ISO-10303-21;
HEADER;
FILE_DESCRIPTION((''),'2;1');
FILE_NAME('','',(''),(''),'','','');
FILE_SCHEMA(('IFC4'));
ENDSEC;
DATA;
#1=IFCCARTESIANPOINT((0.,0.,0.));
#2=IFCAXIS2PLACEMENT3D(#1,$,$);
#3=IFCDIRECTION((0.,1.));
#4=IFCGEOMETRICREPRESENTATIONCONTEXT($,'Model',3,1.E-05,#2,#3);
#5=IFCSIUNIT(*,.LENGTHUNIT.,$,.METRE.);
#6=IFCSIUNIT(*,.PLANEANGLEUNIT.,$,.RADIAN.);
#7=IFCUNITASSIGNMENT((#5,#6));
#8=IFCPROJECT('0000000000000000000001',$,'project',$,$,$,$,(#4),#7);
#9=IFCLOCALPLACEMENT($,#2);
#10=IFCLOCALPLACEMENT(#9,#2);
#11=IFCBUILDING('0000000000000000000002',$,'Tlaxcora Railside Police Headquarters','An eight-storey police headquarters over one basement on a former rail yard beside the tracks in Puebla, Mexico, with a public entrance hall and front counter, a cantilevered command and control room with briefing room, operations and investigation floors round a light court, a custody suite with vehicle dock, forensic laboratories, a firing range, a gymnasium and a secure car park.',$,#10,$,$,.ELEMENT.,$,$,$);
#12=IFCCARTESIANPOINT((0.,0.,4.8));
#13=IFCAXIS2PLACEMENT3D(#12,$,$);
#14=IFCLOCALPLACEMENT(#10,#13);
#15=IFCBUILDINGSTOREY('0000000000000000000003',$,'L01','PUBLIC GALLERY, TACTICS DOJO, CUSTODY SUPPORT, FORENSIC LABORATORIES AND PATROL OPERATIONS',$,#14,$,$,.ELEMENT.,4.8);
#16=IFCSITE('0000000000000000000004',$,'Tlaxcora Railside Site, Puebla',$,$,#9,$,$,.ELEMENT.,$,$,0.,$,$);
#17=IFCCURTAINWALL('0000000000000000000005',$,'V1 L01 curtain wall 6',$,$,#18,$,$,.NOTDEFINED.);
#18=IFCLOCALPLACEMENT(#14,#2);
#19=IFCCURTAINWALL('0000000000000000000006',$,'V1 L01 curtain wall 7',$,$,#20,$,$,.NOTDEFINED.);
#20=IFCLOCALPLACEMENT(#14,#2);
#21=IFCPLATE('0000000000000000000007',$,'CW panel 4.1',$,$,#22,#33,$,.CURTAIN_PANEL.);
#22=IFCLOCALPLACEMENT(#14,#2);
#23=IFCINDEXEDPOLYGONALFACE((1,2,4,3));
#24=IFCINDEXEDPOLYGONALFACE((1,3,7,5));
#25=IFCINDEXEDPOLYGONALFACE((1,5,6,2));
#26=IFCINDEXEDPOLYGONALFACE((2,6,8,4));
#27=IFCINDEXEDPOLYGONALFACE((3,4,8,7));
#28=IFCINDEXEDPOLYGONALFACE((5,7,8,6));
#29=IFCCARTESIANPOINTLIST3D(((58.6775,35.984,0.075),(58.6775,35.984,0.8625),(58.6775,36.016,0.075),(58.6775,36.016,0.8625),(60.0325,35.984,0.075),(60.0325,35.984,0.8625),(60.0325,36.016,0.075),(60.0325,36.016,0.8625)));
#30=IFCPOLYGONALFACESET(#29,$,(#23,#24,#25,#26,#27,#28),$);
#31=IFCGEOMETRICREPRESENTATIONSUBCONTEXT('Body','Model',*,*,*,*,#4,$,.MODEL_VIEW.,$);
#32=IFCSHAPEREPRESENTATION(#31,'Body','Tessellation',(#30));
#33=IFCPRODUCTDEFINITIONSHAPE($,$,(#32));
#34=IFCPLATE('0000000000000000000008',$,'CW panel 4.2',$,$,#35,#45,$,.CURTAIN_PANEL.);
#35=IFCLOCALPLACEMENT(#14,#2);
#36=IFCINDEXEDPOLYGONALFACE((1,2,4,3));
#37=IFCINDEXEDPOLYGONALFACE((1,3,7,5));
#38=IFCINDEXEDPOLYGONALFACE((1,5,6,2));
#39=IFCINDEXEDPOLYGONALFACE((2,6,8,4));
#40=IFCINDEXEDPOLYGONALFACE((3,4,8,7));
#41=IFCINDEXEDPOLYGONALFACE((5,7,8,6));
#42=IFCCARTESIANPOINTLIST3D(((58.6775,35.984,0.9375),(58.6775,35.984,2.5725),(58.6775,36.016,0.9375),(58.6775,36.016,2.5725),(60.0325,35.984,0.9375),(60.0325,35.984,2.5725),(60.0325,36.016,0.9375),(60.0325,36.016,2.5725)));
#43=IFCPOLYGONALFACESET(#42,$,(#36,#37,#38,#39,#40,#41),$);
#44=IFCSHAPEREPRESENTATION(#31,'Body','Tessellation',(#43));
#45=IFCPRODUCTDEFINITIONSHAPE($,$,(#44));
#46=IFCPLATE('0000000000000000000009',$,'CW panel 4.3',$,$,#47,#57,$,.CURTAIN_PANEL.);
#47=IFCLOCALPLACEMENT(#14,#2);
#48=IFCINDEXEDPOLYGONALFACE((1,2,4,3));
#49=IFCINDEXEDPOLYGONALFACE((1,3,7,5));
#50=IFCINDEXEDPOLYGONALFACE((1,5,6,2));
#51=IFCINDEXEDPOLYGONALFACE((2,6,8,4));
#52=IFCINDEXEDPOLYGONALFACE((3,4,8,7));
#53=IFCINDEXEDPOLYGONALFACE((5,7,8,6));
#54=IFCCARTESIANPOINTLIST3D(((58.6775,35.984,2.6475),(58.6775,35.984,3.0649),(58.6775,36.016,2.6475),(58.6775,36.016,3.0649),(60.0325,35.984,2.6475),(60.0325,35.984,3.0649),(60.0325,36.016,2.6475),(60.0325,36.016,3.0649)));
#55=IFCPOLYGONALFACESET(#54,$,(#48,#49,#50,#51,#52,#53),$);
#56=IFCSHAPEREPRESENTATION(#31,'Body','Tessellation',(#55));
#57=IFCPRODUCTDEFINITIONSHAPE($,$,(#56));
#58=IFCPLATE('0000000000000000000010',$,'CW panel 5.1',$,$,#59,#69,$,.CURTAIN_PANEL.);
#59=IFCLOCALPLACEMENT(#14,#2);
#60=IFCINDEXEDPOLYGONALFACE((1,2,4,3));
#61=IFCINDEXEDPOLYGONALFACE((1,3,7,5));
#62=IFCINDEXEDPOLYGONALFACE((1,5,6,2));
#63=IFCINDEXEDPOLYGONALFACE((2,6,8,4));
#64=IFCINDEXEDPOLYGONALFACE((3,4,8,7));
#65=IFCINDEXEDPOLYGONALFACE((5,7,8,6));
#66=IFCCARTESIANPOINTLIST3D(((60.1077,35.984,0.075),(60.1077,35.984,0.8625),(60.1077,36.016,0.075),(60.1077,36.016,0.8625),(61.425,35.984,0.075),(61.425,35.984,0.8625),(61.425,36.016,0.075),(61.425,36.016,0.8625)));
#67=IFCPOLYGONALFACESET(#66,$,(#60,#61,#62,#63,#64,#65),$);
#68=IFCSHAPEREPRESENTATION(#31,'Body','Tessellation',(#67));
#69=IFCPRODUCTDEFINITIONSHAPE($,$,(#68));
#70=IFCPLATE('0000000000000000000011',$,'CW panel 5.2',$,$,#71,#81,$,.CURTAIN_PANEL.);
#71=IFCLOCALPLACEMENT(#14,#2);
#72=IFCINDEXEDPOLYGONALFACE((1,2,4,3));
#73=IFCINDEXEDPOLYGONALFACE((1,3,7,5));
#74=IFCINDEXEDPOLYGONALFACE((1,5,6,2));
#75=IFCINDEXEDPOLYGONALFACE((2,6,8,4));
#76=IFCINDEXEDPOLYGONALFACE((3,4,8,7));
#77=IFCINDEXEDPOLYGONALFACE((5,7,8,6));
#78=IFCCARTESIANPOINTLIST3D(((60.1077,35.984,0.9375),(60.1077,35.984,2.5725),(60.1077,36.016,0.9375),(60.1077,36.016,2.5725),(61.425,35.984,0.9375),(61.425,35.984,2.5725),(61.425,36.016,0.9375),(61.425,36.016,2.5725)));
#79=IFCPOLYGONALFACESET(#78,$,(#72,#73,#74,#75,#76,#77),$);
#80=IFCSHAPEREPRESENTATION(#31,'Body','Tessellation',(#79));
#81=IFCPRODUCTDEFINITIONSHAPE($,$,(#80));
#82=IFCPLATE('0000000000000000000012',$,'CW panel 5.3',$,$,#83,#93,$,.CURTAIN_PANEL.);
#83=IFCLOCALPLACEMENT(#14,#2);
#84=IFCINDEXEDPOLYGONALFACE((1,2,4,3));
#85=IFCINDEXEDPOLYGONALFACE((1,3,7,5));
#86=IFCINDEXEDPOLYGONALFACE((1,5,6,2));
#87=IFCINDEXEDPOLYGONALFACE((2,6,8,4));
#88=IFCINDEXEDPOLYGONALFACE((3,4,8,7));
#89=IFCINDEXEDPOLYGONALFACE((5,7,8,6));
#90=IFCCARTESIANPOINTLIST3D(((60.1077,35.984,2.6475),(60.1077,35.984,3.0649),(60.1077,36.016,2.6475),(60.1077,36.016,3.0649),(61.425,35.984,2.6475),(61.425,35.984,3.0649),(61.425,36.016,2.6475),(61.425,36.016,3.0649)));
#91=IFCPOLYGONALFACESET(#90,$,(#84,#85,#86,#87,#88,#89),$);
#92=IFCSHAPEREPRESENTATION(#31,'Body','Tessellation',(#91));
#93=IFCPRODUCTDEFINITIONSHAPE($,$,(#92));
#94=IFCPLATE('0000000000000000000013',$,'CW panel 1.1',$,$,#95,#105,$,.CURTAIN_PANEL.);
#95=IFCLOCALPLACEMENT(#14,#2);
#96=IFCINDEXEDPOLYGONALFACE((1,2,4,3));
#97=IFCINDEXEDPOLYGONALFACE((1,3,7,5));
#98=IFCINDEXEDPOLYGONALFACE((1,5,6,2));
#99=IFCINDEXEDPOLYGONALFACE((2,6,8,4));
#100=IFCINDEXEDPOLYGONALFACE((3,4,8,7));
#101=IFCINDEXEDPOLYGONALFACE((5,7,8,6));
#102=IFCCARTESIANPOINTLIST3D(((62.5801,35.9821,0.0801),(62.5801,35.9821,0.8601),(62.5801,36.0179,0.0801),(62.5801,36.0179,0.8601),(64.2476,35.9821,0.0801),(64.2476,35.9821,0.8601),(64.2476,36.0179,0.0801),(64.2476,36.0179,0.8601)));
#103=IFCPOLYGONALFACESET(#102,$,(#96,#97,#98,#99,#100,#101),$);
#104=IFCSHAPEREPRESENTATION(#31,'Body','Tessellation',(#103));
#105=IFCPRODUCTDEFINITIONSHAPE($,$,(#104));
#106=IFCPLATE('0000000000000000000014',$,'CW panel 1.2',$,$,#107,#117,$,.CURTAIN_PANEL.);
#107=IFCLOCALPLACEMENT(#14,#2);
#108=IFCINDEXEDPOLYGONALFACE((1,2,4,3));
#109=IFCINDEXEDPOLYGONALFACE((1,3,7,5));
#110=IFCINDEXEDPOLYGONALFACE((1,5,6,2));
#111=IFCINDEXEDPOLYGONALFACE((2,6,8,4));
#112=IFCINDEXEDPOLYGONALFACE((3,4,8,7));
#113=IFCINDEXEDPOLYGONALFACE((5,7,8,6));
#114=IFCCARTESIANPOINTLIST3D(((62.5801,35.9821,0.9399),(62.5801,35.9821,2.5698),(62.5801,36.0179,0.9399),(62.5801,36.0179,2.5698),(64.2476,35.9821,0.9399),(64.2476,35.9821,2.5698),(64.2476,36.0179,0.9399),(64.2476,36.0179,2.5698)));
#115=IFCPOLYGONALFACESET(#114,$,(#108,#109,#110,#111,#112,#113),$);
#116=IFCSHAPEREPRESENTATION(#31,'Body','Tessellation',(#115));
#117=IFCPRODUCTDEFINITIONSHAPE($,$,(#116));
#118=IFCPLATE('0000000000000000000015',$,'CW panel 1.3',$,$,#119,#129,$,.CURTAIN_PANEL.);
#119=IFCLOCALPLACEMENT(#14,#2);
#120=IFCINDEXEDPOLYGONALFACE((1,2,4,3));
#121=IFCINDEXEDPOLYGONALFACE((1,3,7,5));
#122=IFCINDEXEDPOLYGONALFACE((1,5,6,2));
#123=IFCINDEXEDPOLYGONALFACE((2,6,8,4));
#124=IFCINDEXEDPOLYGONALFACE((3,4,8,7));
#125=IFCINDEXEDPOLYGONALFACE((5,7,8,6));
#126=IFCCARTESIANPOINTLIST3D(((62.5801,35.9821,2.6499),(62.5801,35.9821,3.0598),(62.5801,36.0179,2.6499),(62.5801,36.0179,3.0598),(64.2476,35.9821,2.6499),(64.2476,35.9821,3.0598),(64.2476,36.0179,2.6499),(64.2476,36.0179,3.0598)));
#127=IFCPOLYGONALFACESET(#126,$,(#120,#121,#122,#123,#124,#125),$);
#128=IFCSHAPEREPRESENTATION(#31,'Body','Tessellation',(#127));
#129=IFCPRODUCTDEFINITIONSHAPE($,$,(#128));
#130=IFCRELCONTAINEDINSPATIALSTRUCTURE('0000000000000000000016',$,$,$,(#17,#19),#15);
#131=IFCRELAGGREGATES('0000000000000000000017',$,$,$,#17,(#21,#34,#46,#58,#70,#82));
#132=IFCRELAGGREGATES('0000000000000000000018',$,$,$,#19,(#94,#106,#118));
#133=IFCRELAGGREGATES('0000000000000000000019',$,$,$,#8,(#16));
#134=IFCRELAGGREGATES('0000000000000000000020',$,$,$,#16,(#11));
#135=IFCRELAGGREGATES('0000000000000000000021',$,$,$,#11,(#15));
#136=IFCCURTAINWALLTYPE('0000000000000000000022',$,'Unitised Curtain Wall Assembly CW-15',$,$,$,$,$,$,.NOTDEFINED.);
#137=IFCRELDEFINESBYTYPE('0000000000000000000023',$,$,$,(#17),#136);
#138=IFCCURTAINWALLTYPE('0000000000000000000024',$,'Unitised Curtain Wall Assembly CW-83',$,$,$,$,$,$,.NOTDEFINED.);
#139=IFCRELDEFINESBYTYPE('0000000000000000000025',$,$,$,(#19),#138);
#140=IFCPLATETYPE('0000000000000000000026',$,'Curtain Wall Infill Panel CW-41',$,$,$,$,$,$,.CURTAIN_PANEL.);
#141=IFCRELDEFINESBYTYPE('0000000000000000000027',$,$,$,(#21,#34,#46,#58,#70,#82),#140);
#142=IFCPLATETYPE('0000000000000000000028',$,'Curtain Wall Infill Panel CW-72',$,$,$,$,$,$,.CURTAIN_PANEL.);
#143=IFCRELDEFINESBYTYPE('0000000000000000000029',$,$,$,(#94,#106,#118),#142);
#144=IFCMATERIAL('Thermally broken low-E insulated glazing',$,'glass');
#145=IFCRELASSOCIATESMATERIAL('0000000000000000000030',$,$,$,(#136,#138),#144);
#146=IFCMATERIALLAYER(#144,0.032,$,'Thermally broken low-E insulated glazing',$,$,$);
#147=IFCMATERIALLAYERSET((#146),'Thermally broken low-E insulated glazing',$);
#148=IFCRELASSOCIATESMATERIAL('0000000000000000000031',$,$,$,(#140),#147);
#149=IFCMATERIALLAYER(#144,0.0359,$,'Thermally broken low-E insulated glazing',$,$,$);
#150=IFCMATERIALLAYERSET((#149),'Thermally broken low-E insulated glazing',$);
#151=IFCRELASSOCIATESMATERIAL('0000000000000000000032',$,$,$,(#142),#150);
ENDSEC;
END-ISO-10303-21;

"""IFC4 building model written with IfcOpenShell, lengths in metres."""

from ifc_helpers import new_model, si_unit, direction, frame, origin, origin_2d, place, context, subcontext, project, spatial, rectangle, extrude, material, layer, layer_set, type_object, element, aggregate, save


model = new_model("IFC4")

# Units and contexts
model_context = context("Model", 3, precision=1e-05, world=origin(), true_north=direction((0.0, 1.0)))
body_context = subcontext(model_context, "Body", "Model", "MODEL_VIEW")
ifc_project = project(units=[si_unit("LENGTHUNIT", "METRE"), si_unit("PLANEANGLEUNIT", "RADIAN")], contexts=[model_context])

# Site, building, storey
site_placement = place(None, origin())
site = spatial("IfcSite", under=ifc_project, at=site_placement, Name="Tlaxcora Railside Site, Puebla", CompositionType="ELEMENT", RefElevation=0.0)
building_placement = place(site_placement, origin())
building = spatial("IfcBuilding", under=site, at=building_placement, Name="Tlaxcora Railside Police Headquarters", Description="An eight-storey police headquarters over one basement on a former rail yard beside the tracks in Puebla, Mexico, with a public entrance hall and front counter, a cantilevered command and control room with briefing room, operations and investigation floors round a light court, a custody suite with vehicle dock, forensic laboratories, a firing range, a gymnasium and a secure car park.", CompositionType="ELEMENT")
storey_placement = place(building_placement, frame((0.0, 0.0, 4.8)))
storey = spatial("IfcBuildingStorey", under=building, at=storey_placement, Name="L01", Description="PUBLIC GALLERY, TACTICS DOJO, CUSTODY SUPPORT, FORENSIC LABORATORIES AND PATROL OPERATIONS", CompositionType="ELEMENT", Elevation=4.8)

# Curtain wall
ifc_material_1 = material(Name="Thermally broken low-E insulated glazing", Category="glass")
curtain_wall_type_1 = type_object("IfcCurtainWallType", Name="Unitised Curtain Wall Assembly CW-15", PredefinedType="NOTDEFINED", material=ifc_material_1)
curtain_wall_1_placement = place(storey_placement, origin())
curtain_wall_1 = element("IfcCurtainWall", 1, at=curtain_wall_1_placement, inside=storey, type_object=curtain_wall_type_1, Name="V1 L01 curtain wall 6", PredefinedType="NOTDEFINED")

# Curtain wall
curtain_wall_type_2 = type_object("IfcCurtainWallType", Name="Unitised Curtain Wall Assembly CW-83", PredefinedType="NOTDEFINED", material=ifc_material_1)
curtain_wall_2_placement = place(storey_placement, origin())
curtain_wall_2 = element("IfcCurtainWall", 2, at=curtain_wall_2_placement, inside=storey, type_object=curtain_wall_type_2, Name="V1 L01 curtain wall 7", PredefinedType="NOTDEFINED")

# Plates
ifc_layer_1 = layer(ifc_material_1, 0.032, Name="Thermally broken low-E insulated glazing")
ifc_layer_set_1 = layer_set([ifc_layer_1], Name="Thermally broken low-E insulated glazing")
plate_type_1 = type_object("IfcPlateType", Name="Curtain Wall Infill Panel CW-41", PredefinedType="CURTAIN_PANEL", material=ifc_layer_set_1)
plate_1_placement = place(storey_placement, frame((59.355, 36.0, 0.075), z_axis=(0.0, 0.0, 1.0), x_axis=(1.0, 0.0, 0.0)))
plate_1 = element("IfcPlate", 3, at=plate_1_placement, type_object=plate_type_1, Name="CW panel 4.1", PredefinedType="CURTAIN_PANEL", context=body_context, shape_type="SweptSolid", body=[
    extrude(rectangle(XDim=1.355, YDim=0.032, at=origin_2d()), origin(), (0.0, 0.0, 1.0), 0.7876),
])
plate_2_placement = place(storey_placement, frame((59.355, 36.0, 0.9375), z_axis=(0.0, 0.0, 1.0), x_axis=(1.0, 0.0, 0.0)))
plate_2 = element("IfcPlate", 4, at=plate_2_placement, type_object=plate_type_1, Name="CW panel 4.2", PredefinedType="CURTAIN_PANEL", context=body_context, shape_type="SweptSolid", body=[
    extrude(rectangle(XDim=1.355, YDim=0.032, at=origin_2d()), origin(), (0.0, 0.0, 1.0), 1.635),
])
plate_3_placement = place(storey_placement, frame((59.355, 36.0, 2.6475), z_axis=(0.0, 0.0, 1.0), x_axis=(1.0, 0.0, 0.0)))
plate_3 = element("IfcPlate", 5, at=plate_3_placement, type_object=plate_type_1, Name="CW panel 4.3", PredefinedType="CURTAIN_PANEL", context=body_context, shape_type="SweptSolid", body=[
    extrude(rectangle(XDim=1.355, YDim=0.032, at=origin_2d()), origin(), (0.0, 0.0, 1.0), 0.4175),
])
plate_4_placement = place(storey_placement, frame((60.7664, 36.0, 0.075), z_axis=(0.0, 0.0, 1.0), x_axis=(1.0, 0.0, 0.0)))
plate_4 = element("IfcPlate", 6, at=plate_4_placement, type_object=plate_type_1, Name="CW panel 5.1", PredefinedType="CURTAIN_PANEL", context=body_context, shape_type="SweptSolid", body=[
    extrude(rectangle(XDim=1.3174, YDim=0.032, at=origin_2d()), origin(), (0.0, 0.0, 1.0), 0.7876),
])
plate_5_placement = place(storey_placement, frame((60.7664, 36.0, 0.9375), z_axis=(0.0, 0.0, 1.0), x_axis=(1.0, 0.0, 0.0)))
plate_5 = element("IfcPlate", 7, at=plate_5_placement, type_object=plate_type_1, Name="CW panel 5.2", PredefinedType="CURTAIN_PANEL", context=body_context, shape_type="SweptSolid", body=[
    extrude(rectangle(XDim=1.3174, YDim=0.032, at=origin_2d()), origin(), (0.0, 0.0, 1.0), 1.635),
])
plate_6_placement = place(storey_placement, frame((60.7664, 36.0, 2.6475), z_axis=(0.0, 0.0, 1.0), x_axis=(1.0, 0.0, 0.0)))
plate_6 = element("IfcPlate", 8, at=plate_6_placement, type_object=plate_type_1, Name="CW panel 5.3", PredefinedType="CURTAIN_PANEL", context=body_context, shape_type="SweptSolid", body=[
    extrude(rectangle(XDim=1.3174, YDim=0.032, at=origin_2d()), origin(), (0.0, 0.0, 1.0), 0.4175),
])
aggregate(curtain_wall_1, [plate_1, plate_2, plate_3, plate_4, plate_5, plate_6])
ifc_layer_2 = layer(ifc_material_1, 0.0359, Name="Thermally broken low-E insulated glazing")
ifc_layer_set_2 = layer_set([ifc_layer_2], Name="Thermally broken low-E insulated glazing")
plate_type_2 = type_object("IfcPlateType", Name="Curtain Wall Infill Panel CW-72", PredefinedType="CURTAIN_PANEL", material=ifc_layer_set_2)
plate_7_placement = place(storey_placement, frame((63.4138, 36.0, 0.0801), z_axis=(0.0, 0.0, 1.0), x_axis=(1.0, 0.0, 0.0)))
plate_7 = element("IfcPlate", 9, at=plate_7_placement, type_object=plate_type_2, Name="CW panel 1.1", PredefinedType="CURTAIN_PANEL", context=body_context, shape_type="SweptSolid", body=[
    extrude(rectangle(XDim=1.6675, YDim=0.0359, at=origin_2d()), origin(), (0.0, 0.0, 1.0), 0.78),
])
plate_8_placement = place(storey_placement, frame((63.4138, 36.0, 0.9399), z_axis=(0.0, 0.0, 1.0), x_axis=(1.0, 0.0, 0.0)))
plate_8 = element("IfcPlate", 10, at=plate_8_placement, type_object=plate_type_2, Name="CW panel 1.2", PredefinedType="CURTAIN_PANEL", context=body_context, shape_type="SweptSolid", body=[
    extrude(rectangle(XDim=1.6675, YDim=0.0359, at=origin_2d()), origin(), (0.0, 0.0, 1.0), 1.6299),
])
plate_9_placement = place(storey_placement, frame((63.4138, 36.0, 2.6499), z_axis=(0.0, 0.0, 1.0), x_axis=(1.0, 0.0, 0.0)))
plate_9 = element("IfcPlate", 11, at=plate_9_placement, type_object=plate_type_2, Name="CW panel 1.3", PredefinedType="CURTAIN_PANEL", context=body_context, shape_type="SweptSolid", body=[
    extrude(rectangle(XDim=1.6675, YDim=0.0359, at=origin_2d()), origin(), (0.0, 0.0, 1.0), 0.4099),
])
aggregate(curtain_wall_2, [plate_7, plate_8, plate_9])

save(model, "model.ifc")
